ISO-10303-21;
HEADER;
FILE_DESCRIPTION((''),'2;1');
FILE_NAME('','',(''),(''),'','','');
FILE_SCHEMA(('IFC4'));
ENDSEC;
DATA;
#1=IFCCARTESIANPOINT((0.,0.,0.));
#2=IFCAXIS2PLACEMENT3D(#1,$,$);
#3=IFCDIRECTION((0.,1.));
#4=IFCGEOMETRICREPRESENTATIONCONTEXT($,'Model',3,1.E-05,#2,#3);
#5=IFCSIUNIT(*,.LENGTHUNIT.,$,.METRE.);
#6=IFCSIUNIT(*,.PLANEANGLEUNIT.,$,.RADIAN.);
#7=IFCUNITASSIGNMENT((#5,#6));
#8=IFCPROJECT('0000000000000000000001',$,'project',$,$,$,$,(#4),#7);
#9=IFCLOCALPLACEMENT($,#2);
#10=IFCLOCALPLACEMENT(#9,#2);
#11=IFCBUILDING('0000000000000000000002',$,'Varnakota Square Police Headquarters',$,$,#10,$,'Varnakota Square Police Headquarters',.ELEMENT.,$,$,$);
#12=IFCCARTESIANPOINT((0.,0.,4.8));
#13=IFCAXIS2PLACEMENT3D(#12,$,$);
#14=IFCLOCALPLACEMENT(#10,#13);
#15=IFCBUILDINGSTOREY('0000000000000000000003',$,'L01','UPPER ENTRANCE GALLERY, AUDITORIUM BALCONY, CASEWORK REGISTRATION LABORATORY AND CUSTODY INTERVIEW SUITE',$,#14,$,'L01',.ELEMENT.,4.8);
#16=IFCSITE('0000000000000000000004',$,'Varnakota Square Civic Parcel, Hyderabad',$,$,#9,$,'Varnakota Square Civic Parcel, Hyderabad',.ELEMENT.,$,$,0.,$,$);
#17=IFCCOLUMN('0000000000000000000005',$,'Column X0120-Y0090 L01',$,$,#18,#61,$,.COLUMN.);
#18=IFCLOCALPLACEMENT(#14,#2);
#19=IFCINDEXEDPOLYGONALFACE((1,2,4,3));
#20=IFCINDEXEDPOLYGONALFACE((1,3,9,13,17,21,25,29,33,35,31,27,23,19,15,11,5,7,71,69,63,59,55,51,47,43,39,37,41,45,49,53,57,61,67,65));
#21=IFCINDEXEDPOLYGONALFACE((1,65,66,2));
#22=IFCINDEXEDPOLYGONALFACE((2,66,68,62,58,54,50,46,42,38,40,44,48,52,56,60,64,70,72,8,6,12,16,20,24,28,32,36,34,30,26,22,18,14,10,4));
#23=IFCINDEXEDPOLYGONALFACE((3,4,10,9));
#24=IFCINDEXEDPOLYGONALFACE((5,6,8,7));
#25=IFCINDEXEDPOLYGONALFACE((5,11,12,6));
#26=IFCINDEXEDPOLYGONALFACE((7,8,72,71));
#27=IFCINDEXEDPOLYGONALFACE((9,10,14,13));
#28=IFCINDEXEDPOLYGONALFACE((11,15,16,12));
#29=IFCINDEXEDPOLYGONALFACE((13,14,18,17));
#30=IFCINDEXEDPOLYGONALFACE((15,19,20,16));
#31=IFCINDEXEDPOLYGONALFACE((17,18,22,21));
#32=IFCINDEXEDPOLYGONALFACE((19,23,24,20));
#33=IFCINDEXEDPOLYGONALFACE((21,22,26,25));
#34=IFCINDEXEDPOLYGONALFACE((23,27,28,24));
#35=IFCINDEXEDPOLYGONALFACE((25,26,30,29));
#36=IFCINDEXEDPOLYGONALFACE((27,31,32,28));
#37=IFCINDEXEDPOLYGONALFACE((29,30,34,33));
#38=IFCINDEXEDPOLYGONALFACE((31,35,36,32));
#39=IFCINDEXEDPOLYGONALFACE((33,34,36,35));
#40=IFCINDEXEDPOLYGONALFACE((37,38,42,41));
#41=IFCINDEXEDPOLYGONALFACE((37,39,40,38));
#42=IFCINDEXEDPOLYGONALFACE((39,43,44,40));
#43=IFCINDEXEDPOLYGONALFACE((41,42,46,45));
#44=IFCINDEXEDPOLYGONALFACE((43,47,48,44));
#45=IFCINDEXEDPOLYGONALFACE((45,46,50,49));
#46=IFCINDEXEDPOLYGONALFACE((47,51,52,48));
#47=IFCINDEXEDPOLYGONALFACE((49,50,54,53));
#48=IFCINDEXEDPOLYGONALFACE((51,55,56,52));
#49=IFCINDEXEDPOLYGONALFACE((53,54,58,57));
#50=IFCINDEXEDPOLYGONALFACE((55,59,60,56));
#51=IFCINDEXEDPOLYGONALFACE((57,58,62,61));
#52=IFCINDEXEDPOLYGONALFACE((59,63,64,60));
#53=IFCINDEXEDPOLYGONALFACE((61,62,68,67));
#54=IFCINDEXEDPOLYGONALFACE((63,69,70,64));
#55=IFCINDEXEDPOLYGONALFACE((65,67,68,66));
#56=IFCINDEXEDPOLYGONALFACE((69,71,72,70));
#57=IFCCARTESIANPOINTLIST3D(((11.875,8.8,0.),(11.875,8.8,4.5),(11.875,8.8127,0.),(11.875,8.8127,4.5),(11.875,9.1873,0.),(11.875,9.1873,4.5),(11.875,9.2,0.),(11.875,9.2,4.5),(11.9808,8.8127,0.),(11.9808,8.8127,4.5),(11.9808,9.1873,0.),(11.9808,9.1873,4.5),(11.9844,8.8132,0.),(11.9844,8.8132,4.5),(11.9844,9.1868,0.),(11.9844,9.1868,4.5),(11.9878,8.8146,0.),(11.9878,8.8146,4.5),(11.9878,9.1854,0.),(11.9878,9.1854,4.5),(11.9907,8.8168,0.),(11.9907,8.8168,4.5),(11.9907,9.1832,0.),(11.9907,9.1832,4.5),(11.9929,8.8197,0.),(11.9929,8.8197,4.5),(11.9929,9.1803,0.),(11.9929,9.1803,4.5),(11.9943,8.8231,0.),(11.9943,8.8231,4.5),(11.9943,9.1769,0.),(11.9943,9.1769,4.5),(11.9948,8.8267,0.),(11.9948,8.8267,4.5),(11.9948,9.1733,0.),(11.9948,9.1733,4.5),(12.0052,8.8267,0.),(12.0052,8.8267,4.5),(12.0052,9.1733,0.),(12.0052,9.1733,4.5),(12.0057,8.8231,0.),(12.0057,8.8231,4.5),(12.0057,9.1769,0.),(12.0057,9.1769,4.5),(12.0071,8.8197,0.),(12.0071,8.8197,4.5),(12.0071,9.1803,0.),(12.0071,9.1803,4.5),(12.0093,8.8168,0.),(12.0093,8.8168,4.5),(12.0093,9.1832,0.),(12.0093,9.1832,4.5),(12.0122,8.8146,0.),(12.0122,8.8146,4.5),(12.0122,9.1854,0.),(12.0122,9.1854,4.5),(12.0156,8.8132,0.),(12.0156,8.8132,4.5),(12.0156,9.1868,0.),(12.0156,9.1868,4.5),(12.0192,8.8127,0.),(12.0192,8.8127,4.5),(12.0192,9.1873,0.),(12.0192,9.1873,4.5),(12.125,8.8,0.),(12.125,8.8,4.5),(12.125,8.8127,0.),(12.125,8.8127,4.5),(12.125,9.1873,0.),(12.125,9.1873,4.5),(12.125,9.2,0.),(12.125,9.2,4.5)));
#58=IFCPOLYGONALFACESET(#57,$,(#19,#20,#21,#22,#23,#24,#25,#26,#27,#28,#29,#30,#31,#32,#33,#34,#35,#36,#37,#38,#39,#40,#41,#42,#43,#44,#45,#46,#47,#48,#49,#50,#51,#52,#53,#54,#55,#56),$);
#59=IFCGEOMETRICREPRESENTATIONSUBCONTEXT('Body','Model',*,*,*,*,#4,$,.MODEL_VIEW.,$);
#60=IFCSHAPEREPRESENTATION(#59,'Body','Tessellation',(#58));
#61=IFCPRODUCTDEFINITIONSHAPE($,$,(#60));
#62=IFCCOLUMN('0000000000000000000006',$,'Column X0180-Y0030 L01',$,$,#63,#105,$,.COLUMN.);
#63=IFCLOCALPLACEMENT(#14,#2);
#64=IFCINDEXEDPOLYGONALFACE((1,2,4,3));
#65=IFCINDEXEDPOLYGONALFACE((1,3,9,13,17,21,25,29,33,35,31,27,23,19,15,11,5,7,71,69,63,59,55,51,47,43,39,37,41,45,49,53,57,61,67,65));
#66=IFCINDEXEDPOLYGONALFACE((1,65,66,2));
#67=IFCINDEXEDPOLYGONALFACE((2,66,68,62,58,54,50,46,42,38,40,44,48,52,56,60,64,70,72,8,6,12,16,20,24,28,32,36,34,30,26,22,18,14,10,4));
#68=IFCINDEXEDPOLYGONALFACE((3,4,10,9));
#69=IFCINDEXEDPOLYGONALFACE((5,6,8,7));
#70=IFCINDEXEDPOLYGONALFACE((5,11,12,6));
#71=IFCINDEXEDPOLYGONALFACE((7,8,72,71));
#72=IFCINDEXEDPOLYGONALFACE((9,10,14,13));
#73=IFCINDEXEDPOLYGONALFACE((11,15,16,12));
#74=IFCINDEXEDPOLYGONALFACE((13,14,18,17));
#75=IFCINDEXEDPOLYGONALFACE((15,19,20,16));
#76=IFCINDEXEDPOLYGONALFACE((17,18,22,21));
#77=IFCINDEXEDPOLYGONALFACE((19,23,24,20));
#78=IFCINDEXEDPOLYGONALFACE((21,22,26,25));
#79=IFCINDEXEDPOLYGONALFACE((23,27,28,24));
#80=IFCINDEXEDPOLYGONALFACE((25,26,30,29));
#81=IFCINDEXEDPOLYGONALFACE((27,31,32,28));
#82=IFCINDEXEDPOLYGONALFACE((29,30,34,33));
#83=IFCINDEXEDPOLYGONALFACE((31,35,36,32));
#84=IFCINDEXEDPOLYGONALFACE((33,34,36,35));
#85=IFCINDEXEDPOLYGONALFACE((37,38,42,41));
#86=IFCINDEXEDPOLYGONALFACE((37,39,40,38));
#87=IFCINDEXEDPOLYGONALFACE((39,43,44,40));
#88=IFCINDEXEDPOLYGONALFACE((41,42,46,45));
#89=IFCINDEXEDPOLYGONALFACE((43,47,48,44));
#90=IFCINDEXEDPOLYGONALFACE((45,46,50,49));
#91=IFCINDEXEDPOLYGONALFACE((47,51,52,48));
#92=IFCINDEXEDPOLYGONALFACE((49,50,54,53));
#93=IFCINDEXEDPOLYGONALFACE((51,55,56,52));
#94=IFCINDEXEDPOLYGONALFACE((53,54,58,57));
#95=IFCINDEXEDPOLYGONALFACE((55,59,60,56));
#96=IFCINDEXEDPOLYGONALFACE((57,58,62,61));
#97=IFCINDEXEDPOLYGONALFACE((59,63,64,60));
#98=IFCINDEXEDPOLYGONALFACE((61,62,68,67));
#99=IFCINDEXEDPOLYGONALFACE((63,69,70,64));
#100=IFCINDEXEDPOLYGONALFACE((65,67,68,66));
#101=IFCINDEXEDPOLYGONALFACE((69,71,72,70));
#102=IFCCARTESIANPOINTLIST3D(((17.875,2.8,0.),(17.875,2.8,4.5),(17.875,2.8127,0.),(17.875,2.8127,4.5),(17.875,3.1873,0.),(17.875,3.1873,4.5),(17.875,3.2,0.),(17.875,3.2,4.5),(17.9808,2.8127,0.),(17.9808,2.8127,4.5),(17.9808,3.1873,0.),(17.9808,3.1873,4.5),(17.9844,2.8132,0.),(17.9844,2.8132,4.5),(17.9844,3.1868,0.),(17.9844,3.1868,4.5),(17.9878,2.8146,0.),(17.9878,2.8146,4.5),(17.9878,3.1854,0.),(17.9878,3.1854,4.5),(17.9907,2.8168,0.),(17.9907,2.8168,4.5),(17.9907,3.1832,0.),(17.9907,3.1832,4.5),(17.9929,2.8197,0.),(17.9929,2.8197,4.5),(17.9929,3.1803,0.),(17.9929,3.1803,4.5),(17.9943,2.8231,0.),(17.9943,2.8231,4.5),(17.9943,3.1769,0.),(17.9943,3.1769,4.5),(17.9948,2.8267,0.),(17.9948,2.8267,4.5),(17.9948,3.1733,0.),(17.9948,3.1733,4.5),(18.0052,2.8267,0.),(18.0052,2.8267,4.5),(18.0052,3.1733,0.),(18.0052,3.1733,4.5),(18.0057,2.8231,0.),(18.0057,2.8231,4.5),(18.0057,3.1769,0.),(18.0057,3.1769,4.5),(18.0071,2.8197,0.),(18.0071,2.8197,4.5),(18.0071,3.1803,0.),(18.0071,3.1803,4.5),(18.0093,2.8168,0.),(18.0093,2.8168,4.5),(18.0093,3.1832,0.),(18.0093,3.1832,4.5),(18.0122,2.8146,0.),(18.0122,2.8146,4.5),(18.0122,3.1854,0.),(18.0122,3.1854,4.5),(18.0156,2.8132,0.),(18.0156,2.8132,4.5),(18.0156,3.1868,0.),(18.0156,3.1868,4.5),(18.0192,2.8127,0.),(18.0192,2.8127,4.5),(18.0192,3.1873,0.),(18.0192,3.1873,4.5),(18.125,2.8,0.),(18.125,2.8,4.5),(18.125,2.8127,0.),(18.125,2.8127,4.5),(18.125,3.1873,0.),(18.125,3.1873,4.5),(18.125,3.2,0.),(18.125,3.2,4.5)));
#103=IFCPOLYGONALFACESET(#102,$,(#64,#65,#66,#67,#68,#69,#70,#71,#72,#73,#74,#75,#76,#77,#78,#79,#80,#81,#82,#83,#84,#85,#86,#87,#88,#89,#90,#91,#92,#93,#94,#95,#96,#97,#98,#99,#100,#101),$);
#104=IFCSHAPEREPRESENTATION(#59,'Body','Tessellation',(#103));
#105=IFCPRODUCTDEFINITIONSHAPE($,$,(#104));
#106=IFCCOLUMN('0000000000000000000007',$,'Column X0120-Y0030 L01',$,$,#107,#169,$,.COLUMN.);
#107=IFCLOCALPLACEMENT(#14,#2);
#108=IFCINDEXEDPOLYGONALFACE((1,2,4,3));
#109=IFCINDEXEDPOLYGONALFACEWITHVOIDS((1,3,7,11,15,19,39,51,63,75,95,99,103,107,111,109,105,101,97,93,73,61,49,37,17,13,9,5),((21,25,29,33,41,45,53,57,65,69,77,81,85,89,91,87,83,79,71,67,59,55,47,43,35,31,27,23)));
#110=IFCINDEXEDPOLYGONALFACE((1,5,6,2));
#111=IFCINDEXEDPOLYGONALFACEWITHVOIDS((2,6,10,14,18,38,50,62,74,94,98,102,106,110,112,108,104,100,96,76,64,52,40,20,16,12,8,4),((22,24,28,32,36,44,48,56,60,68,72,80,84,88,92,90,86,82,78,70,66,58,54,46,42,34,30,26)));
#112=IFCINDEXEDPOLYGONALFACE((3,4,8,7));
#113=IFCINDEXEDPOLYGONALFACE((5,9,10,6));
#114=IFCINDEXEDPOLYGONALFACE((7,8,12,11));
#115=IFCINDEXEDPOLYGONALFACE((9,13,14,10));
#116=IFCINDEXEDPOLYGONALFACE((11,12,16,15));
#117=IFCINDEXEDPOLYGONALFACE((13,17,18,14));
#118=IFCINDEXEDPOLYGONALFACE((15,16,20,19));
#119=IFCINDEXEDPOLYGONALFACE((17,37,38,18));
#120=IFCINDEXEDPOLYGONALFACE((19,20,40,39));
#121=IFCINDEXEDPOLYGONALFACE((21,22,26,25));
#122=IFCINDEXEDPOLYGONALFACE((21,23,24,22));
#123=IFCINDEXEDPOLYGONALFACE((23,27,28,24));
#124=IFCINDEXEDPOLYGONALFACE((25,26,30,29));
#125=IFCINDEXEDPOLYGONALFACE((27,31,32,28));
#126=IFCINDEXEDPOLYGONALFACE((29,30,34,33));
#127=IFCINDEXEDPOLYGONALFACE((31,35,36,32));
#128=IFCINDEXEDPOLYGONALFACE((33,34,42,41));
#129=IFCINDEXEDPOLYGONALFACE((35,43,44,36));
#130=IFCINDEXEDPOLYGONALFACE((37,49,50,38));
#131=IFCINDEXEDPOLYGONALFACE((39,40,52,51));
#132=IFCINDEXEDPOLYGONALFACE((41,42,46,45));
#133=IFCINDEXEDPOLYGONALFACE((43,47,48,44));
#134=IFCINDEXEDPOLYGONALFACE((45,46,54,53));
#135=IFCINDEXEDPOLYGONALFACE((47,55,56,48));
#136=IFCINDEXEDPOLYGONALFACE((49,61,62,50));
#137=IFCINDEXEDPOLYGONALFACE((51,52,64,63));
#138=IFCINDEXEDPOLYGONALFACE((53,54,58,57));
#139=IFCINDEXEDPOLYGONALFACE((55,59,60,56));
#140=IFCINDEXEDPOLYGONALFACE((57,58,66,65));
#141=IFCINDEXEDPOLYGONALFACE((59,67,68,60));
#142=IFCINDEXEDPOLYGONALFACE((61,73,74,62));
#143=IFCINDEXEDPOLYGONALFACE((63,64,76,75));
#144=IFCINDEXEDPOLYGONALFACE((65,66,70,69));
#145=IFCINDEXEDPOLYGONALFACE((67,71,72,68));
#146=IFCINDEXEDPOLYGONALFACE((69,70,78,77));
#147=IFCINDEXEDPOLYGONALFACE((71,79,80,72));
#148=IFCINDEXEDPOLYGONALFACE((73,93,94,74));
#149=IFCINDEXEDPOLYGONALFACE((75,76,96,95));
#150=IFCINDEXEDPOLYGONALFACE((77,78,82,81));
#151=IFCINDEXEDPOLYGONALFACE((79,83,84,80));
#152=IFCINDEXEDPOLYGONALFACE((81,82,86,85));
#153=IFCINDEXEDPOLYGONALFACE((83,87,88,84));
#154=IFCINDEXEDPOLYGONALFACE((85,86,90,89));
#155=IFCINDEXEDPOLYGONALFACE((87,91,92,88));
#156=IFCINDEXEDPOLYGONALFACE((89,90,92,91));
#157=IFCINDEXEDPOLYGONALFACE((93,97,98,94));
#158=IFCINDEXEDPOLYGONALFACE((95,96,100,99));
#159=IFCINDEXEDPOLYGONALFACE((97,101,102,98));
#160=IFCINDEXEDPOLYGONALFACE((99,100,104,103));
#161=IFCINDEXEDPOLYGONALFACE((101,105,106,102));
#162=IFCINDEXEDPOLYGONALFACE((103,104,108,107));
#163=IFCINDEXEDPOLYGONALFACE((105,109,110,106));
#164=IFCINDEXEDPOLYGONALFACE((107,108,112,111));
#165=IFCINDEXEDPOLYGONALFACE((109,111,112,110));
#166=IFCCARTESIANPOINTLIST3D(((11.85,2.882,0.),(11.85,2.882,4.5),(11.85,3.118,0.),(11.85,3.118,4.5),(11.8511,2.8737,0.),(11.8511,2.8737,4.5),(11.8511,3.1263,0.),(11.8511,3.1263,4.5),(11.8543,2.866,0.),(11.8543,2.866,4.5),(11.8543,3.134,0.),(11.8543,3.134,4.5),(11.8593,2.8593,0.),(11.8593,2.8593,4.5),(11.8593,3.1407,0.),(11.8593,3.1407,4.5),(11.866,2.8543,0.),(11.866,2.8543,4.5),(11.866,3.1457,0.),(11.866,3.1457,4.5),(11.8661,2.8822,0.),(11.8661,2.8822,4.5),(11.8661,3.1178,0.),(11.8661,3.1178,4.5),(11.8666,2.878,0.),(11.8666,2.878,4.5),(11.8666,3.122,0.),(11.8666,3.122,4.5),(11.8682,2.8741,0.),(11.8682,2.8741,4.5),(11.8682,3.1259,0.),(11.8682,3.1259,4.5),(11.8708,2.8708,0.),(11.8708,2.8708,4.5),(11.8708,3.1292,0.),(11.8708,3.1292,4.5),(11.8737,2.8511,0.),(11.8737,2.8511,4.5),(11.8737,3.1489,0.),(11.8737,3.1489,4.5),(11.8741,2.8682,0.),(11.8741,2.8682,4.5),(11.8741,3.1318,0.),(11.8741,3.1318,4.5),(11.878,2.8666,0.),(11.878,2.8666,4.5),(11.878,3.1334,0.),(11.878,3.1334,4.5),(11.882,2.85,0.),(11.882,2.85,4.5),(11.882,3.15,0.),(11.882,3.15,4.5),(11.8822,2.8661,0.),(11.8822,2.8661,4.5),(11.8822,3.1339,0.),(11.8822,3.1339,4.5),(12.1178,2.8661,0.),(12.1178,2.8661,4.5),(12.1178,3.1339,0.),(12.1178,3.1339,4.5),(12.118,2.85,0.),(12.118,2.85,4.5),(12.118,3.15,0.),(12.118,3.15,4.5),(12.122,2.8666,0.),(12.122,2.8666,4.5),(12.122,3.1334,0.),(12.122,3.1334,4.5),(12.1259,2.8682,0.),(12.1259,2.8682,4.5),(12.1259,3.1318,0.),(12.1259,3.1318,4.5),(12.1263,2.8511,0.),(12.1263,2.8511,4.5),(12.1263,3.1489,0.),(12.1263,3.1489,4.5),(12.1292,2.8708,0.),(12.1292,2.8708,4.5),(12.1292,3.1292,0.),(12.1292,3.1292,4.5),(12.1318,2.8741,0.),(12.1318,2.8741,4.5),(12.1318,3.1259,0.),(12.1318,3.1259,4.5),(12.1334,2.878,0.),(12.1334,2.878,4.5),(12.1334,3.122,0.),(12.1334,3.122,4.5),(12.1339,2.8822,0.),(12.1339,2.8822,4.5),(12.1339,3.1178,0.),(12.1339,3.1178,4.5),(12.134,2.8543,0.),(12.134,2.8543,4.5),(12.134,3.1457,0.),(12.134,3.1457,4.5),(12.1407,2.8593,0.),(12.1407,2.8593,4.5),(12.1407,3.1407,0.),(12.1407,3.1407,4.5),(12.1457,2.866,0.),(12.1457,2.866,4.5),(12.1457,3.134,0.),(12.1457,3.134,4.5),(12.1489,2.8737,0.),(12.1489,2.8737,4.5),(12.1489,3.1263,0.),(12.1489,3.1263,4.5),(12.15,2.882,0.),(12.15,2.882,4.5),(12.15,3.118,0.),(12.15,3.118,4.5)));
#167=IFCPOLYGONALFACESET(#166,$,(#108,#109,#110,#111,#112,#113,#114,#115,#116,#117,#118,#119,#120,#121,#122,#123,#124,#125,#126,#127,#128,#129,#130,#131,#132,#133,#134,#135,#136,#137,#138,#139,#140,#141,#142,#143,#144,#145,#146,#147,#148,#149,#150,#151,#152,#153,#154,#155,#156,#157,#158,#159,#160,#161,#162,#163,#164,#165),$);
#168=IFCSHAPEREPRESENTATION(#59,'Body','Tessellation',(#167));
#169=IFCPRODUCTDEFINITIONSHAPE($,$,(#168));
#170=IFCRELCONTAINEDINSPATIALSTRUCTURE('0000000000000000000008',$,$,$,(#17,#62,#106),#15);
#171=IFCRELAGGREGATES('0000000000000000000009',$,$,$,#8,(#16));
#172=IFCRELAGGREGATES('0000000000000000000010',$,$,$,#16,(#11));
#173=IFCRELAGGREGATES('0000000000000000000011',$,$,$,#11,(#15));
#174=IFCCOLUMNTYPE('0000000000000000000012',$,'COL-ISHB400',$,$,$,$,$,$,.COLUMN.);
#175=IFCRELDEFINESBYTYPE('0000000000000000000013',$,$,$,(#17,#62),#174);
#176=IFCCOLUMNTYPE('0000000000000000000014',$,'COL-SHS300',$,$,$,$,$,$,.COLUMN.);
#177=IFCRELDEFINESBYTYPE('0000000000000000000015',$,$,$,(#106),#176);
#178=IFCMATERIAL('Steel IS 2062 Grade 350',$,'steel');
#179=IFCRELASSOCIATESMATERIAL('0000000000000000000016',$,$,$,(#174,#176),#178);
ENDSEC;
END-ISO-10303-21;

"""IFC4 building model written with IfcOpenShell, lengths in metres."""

from ifc_helpers import new_model, si_unit, direction, frame, origin, origin_2d, place, context, subcontext, project, spatial, hollow_rectangle, i_section, extrude, material, material_profile, profile_set, type_object, element, save


model = new_model("IFC4")

# Units and contexts
model_context = context("Model", 3, precision=1e-05, world=origin(), true_north=direction((0.0, 1.0)))
body_context = subcontext(model_context, "Body", "Model", "MODEL_VIEW")
ifc_project = project(units=[si_unit("LENGTHUNIT", "METRE"), si_unit("PLANEANGLEUNIT", "RADIAN")], contexts=[model_context])

# Site, building, storey
site_placement = place(None, origin())
site = spatial("IfcSite", under=ifc_project, at=site_placement, Name="Varnakota Square Civic Parcel, Hyderabad", LongName="Varnakota Square Civic Parcel, Hyderabad", CompositionType="ELEMENT", RefElevation=0.0)
building_placement = place(site_placement, origin())
building = spatial("IfcBuilding", under=site, at=building_placement, Name="Varnakota Square Police Headquarters", LongName="Varnakota Square Police Headquarters", CompositionType="ELEMENT")
storey_placement = place(building_placement, frame((0.0, 0.0, 4.8)))
storey = spatial("IfcBuildingStorey", under=building, at=storey_placement, Name="L01", Description="UPPER ENTRANCE GALLERY, AUDITORIUM BALCONY, CASEWORK REGISTRATION LABORATORY AND CUSTODY INTERVIEW SUITE", LongName="L01", CompositionType="ELEMENT", Elevation=4.8)

# Columns
ifc_material_1 = material(Name="Steel IS 2062 Grade 350", Category="steel")
ifc_material_profile_1 = material_profile(ifc_material_1, i_section(OverallWidth=0.25, OverallDepth=0.3999, WebThickness=0.0105, FlangeThickness=0.0127, FilletRadius=0.0139, at=origin_2d()), Name="ISHB 400")
ifc_profile_set_1 = profile_set([ifc_material_profile_1], Name="Steel IS 2062 Grade 350")
column_type_1 = type_object("IfcColumnType", Name="COL-ISHB400", PredefinedType="COLUMN", material=ifc_profile_set_1)
for number, where, z_axis, x_axis, name in (
    (1, (12.0, 9.0, 0.0), (0.0, 0.0, 1.0), (1.0, 0.0, 0.0), "Column X0120-Y0090 L01"),
    (2, (18.0, 3.0, 0.0), (0.0, 0.0, 1.0), (1.0, 0.0, 0.0), "Column X0180-Y0030 L01"),
):
    element("IfcColumn", number, at=place(storey_placement, frame(where, z_axis=z_axis, x_axis=x_axis)), inside=storey, type_object=column_type_1, Name=name, PredefinedType="COLUMN", context=body_context, shape_type="SweptSolid", body=[
        extrude(i_section(OverallWidth=0.25, OverallDepth=0.3999, WebThickness=0.0105, FlangeThickness=0.0127, FilletRadius=0.0139, at=origin_2d()), origin(), (0.0, 0.0, 1.0), 4.5),
    ])
ifc_material_profile_2 = material_profile(ifc_material_1, hollow_rectangle(XDim=0.3, YDim=0.3, WallThickness=0.0161, InnerFilletRadius=0.0161, OuterFilletRadius=0.032, at=origin_2d()), Name="SHS 300x300x16")
ifc_profile_set_2 = profile_set([ifc_material_profile_2], Name="Steel IS 2062 Grade 350")
column_type_2 = type_object("IfcColumnType", Name="COL-SHS300", PredefinedType="COLUMN", material=ifc_profile_set_2)
for number, where, z_axis, x_axis, name in (
    (3, (12.0, 3.0, 0.0), (0.0, 0.0, 1.0), (1.0, 0.0, 0.0), "Column X0120-Y0030 L01"),
):
    element("IfcColumn", number, at=place(storey_placement, frame(where, z_axis=z_axis, x_axis=x_axis)), inside=storey, type_object=column_type_2, Name=name, PredefinedType="COLUMN", context=body_context, shape_type="SweptSolid", body=[
        extrude(hollow_rectangle(XDim=0.3, YDim=0.3, WallThickness=0.0161, InnerFilletRadius=0.0161, OuterFilletRadius=0.032, at=origin_2d()), origin(), (0.0, 0.0, 1.0), 4.5),
    ])

save(model, "model.ifc")
